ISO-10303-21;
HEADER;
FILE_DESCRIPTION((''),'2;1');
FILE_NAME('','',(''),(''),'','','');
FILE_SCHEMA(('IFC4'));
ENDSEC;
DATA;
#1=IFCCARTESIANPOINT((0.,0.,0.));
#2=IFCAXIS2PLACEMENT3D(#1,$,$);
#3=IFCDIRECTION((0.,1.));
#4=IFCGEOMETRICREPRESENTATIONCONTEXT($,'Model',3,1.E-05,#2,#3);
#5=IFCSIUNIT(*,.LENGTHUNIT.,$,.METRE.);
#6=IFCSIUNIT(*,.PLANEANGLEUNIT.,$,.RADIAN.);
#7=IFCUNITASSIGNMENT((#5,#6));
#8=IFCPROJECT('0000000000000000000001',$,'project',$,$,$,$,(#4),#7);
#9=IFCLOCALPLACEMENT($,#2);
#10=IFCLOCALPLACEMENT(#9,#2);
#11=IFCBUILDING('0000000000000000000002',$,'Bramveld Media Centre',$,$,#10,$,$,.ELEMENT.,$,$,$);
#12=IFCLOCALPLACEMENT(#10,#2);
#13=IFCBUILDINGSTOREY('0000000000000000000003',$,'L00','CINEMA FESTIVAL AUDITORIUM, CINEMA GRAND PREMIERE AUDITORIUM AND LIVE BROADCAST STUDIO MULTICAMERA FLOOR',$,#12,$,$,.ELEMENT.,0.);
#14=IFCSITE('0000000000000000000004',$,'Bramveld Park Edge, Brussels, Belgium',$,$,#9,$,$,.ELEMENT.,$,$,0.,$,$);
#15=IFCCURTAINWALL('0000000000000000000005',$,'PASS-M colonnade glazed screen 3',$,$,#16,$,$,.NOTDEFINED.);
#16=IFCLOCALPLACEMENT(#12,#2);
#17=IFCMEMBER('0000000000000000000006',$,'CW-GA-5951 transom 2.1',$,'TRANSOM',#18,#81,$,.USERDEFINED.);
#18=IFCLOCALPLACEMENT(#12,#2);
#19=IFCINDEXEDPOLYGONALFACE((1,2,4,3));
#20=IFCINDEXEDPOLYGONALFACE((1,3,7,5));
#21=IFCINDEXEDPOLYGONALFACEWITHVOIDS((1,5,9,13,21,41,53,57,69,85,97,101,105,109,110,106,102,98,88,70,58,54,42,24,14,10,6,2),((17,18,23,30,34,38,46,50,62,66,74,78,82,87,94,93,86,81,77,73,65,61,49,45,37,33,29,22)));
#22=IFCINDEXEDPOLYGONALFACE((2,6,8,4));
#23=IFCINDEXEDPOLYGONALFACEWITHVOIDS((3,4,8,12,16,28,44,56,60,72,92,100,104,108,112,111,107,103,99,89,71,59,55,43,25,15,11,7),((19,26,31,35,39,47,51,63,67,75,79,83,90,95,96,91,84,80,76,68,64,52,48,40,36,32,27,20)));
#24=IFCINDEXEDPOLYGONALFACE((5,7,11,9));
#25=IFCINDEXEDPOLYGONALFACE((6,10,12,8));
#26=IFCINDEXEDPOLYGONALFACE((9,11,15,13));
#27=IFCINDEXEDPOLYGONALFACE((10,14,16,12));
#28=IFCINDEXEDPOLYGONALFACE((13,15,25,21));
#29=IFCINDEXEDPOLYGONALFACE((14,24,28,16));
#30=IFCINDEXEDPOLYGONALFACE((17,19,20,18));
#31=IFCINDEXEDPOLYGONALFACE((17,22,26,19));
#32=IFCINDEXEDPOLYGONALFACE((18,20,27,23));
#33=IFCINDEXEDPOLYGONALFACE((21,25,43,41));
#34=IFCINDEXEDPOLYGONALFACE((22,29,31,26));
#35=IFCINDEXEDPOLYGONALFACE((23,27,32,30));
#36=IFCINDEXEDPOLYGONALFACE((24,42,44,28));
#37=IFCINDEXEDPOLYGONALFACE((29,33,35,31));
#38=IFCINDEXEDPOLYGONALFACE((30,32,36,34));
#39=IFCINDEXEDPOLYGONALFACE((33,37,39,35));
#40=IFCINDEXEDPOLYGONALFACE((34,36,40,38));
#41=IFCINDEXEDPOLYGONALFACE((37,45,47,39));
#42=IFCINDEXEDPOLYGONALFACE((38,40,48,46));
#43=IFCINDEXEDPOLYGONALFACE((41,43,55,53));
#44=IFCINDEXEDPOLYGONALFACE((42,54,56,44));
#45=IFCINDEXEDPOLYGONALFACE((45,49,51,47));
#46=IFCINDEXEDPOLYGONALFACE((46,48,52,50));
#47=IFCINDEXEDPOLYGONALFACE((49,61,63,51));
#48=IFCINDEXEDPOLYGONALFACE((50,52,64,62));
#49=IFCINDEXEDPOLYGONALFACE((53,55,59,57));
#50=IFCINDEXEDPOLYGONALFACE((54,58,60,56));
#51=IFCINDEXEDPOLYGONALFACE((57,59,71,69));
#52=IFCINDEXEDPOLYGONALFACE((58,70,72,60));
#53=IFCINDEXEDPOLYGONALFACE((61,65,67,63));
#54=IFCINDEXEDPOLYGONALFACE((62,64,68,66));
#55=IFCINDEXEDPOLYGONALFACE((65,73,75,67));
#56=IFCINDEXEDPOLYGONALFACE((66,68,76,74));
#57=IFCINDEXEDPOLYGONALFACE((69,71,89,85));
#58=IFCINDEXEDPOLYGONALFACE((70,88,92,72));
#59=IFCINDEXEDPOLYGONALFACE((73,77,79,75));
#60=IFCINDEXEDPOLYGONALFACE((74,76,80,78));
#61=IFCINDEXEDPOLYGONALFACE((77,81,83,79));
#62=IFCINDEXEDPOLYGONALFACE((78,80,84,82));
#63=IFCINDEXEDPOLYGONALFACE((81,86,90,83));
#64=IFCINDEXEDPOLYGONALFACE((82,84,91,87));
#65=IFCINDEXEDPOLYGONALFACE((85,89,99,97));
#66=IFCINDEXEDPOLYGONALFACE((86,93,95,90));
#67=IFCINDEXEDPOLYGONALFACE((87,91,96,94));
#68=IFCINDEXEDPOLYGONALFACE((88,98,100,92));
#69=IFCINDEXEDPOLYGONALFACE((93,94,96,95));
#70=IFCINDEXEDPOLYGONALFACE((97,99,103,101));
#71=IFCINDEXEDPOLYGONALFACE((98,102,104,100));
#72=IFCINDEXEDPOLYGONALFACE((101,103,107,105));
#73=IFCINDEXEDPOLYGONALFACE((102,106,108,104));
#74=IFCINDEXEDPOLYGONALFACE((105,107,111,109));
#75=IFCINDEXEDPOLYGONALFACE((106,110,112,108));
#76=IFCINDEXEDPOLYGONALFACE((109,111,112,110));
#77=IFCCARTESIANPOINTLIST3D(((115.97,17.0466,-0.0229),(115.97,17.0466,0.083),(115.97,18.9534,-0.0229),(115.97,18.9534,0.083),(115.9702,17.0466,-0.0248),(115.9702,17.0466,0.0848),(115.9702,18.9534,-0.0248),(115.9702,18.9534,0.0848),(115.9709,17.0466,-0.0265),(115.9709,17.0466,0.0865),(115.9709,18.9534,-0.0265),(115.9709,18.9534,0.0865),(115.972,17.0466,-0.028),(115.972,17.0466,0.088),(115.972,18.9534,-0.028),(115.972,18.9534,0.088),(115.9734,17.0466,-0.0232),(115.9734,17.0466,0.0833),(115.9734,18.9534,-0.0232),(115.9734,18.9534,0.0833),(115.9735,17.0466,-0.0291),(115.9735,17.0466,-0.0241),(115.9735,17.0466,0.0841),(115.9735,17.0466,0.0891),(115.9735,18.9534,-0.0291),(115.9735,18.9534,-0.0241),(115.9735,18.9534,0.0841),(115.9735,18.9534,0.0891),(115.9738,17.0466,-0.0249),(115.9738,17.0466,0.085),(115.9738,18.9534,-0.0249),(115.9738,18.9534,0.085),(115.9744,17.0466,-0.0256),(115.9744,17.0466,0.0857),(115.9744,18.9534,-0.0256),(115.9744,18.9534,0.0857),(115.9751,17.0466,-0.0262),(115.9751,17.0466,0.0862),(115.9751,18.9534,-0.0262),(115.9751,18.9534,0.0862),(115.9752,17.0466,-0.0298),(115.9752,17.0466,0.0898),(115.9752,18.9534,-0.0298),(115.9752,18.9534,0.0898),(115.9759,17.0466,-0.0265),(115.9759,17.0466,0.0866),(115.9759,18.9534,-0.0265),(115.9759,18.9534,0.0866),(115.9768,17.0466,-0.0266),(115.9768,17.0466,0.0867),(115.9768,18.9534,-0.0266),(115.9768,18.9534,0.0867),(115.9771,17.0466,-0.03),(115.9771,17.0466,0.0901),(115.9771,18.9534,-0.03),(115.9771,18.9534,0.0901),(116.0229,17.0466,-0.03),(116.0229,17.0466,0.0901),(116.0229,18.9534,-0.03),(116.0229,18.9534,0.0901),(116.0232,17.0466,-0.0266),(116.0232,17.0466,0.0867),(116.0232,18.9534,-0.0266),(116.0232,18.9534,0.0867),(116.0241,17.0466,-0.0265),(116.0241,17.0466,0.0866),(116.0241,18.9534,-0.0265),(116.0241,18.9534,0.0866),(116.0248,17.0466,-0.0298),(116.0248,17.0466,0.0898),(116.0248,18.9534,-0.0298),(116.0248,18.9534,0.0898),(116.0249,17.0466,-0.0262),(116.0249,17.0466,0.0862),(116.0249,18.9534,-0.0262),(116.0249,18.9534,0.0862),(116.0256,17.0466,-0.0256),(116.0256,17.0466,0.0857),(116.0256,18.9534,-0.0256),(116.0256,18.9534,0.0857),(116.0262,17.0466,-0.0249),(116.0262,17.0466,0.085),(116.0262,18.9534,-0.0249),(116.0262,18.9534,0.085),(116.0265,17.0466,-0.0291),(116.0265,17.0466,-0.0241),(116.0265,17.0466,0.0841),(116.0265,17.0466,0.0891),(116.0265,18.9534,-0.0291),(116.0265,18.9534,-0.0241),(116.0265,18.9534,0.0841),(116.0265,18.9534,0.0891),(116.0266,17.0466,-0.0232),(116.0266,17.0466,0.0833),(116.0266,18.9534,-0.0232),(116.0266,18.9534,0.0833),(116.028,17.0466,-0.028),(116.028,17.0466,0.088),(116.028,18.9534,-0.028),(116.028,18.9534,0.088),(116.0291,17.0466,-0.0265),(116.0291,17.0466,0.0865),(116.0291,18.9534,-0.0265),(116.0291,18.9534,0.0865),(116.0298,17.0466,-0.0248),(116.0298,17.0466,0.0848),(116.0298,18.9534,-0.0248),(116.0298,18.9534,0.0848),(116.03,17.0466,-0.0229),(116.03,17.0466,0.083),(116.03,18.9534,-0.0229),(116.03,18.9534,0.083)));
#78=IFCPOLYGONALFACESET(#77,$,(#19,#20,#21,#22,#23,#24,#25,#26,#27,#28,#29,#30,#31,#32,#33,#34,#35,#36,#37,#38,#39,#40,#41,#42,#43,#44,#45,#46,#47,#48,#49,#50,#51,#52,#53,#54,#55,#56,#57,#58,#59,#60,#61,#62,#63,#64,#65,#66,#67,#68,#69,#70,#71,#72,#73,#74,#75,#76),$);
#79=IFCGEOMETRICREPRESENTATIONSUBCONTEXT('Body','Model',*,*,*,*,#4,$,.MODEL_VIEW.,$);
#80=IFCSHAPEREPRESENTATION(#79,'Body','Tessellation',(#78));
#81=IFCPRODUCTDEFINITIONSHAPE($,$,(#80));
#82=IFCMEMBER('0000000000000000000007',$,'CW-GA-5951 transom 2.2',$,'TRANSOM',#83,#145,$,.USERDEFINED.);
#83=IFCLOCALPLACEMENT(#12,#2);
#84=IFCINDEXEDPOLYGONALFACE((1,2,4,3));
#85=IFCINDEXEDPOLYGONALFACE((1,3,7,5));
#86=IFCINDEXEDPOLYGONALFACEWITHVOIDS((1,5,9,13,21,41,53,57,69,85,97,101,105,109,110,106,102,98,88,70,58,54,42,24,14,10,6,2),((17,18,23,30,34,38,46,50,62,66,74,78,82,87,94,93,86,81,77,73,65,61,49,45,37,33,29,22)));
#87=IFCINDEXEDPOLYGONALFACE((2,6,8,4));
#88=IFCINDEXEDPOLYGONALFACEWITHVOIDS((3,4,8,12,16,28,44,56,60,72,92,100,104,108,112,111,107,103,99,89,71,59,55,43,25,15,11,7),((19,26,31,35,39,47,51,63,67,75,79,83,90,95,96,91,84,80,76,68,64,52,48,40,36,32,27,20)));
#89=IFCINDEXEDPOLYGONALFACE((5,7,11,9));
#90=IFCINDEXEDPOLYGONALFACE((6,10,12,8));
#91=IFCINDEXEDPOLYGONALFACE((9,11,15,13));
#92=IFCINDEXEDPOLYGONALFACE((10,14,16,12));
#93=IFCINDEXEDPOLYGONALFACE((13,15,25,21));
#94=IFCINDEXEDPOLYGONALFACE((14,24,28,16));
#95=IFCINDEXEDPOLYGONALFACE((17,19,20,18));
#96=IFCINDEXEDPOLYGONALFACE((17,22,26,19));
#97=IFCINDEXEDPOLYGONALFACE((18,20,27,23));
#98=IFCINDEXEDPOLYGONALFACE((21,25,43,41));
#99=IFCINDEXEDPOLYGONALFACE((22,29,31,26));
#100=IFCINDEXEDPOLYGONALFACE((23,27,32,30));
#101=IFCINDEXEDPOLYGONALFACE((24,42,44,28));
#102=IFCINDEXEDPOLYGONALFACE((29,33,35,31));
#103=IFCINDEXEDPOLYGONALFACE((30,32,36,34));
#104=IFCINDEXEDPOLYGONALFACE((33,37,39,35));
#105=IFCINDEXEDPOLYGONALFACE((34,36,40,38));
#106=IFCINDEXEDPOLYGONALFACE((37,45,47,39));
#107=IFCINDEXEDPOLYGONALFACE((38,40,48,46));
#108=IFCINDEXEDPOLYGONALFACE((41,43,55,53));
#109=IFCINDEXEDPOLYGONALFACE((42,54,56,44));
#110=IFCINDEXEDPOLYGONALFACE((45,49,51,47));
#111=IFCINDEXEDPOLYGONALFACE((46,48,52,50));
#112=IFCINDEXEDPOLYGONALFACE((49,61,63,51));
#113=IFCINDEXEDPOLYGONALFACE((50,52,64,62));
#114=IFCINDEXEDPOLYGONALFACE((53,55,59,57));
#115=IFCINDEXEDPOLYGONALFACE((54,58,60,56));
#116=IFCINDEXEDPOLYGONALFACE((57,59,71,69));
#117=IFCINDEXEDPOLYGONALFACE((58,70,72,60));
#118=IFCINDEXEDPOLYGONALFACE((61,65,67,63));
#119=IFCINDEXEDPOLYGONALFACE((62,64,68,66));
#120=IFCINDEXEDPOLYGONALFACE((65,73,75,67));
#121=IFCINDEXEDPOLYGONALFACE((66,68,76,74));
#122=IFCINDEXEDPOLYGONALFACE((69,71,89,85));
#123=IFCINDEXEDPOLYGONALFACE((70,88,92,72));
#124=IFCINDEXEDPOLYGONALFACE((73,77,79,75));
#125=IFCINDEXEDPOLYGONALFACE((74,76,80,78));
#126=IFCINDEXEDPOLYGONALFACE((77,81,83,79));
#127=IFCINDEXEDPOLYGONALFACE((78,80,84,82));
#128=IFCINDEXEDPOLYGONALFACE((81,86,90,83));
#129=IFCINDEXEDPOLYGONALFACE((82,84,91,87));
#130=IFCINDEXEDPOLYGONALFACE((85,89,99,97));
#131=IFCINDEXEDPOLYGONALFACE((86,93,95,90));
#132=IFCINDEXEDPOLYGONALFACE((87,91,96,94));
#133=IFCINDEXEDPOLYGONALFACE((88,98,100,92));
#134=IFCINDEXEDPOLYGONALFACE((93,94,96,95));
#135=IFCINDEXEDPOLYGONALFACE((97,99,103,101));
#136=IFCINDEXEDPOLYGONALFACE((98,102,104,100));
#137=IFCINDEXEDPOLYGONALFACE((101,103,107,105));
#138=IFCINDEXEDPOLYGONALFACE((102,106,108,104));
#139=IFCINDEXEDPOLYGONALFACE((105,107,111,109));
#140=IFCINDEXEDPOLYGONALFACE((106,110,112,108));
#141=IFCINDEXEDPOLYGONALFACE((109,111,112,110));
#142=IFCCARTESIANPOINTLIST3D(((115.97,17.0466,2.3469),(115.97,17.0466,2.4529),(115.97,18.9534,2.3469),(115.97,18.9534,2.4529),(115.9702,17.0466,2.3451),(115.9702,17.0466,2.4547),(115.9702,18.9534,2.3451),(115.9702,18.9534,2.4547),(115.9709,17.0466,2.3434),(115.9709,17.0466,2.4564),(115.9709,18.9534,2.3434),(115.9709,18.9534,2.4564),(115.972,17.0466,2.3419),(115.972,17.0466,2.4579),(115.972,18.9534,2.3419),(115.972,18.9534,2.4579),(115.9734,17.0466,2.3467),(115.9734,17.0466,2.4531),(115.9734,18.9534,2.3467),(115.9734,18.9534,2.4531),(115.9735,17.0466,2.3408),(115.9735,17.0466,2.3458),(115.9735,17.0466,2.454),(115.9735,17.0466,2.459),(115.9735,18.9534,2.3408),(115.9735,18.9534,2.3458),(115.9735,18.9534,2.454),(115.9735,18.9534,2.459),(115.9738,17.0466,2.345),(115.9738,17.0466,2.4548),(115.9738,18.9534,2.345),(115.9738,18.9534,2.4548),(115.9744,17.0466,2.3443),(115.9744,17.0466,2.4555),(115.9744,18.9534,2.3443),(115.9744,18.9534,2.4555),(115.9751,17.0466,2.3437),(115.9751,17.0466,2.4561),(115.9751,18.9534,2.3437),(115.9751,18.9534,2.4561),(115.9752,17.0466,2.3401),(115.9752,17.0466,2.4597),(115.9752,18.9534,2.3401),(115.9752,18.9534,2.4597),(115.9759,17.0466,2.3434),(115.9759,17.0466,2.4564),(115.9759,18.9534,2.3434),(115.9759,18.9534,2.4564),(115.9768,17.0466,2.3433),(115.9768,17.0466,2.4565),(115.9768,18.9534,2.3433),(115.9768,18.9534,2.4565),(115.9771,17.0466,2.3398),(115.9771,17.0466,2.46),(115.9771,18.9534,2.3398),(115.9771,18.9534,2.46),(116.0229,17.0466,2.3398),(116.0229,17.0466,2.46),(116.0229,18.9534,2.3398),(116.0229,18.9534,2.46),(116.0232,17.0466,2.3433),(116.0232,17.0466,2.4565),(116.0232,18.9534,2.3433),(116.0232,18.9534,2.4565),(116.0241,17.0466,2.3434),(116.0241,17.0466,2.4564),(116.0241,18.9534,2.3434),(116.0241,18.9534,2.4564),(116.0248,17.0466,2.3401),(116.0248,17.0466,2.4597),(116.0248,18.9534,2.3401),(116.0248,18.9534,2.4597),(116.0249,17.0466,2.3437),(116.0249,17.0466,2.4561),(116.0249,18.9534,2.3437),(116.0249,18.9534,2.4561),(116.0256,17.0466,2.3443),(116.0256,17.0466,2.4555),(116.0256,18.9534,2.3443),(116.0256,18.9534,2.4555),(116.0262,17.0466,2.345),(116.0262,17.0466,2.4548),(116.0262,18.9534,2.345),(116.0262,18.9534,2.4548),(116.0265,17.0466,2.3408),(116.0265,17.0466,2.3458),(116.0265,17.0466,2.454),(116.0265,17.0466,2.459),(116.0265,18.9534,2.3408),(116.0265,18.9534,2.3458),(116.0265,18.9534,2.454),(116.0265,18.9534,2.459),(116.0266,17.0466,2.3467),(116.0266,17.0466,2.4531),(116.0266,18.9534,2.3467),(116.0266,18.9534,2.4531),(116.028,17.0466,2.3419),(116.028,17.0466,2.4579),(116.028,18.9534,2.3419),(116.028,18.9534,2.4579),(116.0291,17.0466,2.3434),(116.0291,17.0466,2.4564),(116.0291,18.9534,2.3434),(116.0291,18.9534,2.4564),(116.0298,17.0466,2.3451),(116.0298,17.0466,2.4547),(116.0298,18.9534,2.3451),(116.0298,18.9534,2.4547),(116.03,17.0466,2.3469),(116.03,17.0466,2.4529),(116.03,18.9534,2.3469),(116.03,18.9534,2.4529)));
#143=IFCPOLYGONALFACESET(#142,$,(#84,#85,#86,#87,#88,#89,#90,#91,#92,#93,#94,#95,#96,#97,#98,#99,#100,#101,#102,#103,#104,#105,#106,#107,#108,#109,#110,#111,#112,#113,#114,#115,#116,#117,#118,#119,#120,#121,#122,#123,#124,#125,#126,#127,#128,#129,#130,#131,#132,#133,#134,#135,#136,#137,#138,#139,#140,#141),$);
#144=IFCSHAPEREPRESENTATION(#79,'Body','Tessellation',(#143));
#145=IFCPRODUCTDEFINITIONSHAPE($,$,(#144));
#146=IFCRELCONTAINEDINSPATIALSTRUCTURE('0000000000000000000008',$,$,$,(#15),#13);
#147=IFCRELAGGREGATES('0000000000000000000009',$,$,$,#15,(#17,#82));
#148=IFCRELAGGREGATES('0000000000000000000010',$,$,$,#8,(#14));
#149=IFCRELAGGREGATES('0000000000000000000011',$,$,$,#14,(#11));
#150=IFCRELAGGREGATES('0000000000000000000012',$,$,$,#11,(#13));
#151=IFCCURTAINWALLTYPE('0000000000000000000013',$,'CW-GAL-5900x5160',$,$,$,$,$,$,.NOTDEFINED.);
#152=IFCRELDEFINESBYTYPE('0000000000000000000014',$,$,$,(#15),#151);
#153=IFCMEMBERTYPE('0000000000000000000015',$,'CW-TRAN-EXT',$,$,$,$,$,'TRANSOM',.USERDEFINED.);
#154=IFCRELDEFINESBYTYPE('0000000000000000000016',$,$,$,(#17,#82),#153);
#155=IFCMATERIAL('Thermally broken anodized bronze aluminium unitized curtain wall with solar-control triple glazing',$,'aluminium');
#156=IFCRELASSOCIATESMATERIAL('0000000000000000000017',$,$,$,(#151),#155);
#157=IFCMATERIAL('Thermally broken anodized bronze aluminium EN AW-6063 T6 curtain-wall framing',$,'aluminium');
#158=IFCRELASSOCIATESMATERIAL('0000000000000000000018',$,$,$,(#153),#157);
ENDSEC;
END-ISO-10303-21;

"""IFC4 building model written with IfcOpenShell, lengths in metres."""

from ifc_helpers import new_model, si_unit, direction, frame, origin, origin_2d, place, context, subcontext, project, spatial, hollow_rectangle, extrude, material, material_profile, profile_set, type_object, element, aggregate, save


model = new_model("IFC4")

# Units and contexts
model_context = context("Model", 3, precision=1e-05, world=origin(), true_north=direction((0.0, 1.0)))
body_context = subcontext(model_context, "Body", "Model", "MODEL_VIEW")
ifc_project = project(units=[si_unit("LENGTHUNIT", "METRE"), si_unit("PLANEANGLEUNIT", "RADIAN")], contexts=[model_context])

# Site, building, storey
site_placement = place(None, origin())
site = spatial("IfcSite", under=ifc_project, at=site_placement, Name="Bramveld Park Edge, Brussels, Belgium", CompositionType="ELEMENT", RefElevation=0.0)
building_placement = place(site_placement, origin())
building = spatial("IfcBuilding", under=site, at=building_placement, Name="Bramveld Media Centre", CompositionType="ELEMENT")
storey_placement = place(building_placement, origin())
storey = spatial("IfcBuildingStorey", under=building, at=storey_placement, Name="L00", Description="CINEMA FESTIVAL AUDITORIUM, CINEMA GRAND PREMIERE AUDITORIUM AND LIVE BROADCAST STUDIO MULTICAMERA FLOOR", CompositionType="ELEMENT", Elevation=0.0)

# Curtain wall
ifc_material_1 = material(Name="Thermally broken anodized bronze aluminium unitized curtain wall with solar-control triple glazing", Category="aluminium")
curtain_wall_type = type_object("IfcCurtainWallType", Name="CW-GAL-5900x5160", PredefinedType="NOTDEFINED", material=ifc_material_1)
curtain_wall_1_placement = place(storey_placement, origin())
curtain_wall_1 = element("IfcCurtainWall", 1, at=curtain_wall_1_placement, inside=storey, type_object=curtain_wall_type, Name="PASS-M colonnade glazed screen 3", PredefinedType="NOTDEFINED")

# Members
ifc_material_2 = material(Name="Thermally broken anodized bronze aluminium EN AW-6063 T6 curtain-wall framing", Category="aluminium")
ifc_material_profile_1 = material_profile(ifc_material_2, hollow_rectangle(XDim=0.0601, YDim=0.1201, WallThickness=0.0034, InnerFilletRadius=0.0034, OuterFilletRadius=0.0071, at=origin_2d()), Name="AL-TRAN 60x120")
ifc_profile_set_1 = profile_set([ifc_material_profile_1], Name="Thermally broken anodized bronze aluminium EN AW-6063 T6 curtain-wall framing")
member_type_1 = type_object("IfcMemberType", Name="CW-TRAN-EXT", ElementType="TRANSOM", PredefinedType="USERDEFINED", material=ifc_profile_set_1)
member_1_placement = place(storey_placement, frame((116.0, 17.0466, 0.03), z_axis=(0.0, 1.0, 0.0), x_axis=(-1.0, 0.0, 0.0)))
member_1 = element("IfcMember", 2, at=member_1_placement, type_object=member_type_1, Name="CW-GA-5951 transom 2.1", ObjectType="TRANSOM", PredefinedType="USERDEFINED", context=body_context, shape_type="SweptSolid", body=[
    extrude(hollow_rectangle(XDim=0.0601, YDim=0.1201, WallThickness=0.0034, InnerFilletRadius=0.0034, OuterFilletRadius=0.0071, at=origin_2d()), origin(), (0.0, 0.0, 1.0), 1.9067),
])
member_2_placement = place(storey_placement, frame((116.0, 17.0466, 2.3999), z_axis=(0.0, 1.0, 0.0), x_axis=(-1.0, 0.0, 0.0)))
member_2 = element("IfcMember", 3, at=member_2_placement, type_object=member_type_1, Name="CW-GA-5951 transom 2.2", ObjectType="TRANSOM", PredefinedType="USERDEFINED", context=body_context, shape_type="SweptSolid", body=[
    extrude(hollow_rectangle(XDim=0.0601, YDim=0.1201, WallThickness=0.0034, InnerFilletRadius=0.0034, OuterFilletRadius=0.0071, at=origin_2d()), origin(), (0.0, 0.0, 1.0), 1.9067),
])

aggregate(curtain_wall_1, [member_1, member_2])

save(model, "model.ifc")
